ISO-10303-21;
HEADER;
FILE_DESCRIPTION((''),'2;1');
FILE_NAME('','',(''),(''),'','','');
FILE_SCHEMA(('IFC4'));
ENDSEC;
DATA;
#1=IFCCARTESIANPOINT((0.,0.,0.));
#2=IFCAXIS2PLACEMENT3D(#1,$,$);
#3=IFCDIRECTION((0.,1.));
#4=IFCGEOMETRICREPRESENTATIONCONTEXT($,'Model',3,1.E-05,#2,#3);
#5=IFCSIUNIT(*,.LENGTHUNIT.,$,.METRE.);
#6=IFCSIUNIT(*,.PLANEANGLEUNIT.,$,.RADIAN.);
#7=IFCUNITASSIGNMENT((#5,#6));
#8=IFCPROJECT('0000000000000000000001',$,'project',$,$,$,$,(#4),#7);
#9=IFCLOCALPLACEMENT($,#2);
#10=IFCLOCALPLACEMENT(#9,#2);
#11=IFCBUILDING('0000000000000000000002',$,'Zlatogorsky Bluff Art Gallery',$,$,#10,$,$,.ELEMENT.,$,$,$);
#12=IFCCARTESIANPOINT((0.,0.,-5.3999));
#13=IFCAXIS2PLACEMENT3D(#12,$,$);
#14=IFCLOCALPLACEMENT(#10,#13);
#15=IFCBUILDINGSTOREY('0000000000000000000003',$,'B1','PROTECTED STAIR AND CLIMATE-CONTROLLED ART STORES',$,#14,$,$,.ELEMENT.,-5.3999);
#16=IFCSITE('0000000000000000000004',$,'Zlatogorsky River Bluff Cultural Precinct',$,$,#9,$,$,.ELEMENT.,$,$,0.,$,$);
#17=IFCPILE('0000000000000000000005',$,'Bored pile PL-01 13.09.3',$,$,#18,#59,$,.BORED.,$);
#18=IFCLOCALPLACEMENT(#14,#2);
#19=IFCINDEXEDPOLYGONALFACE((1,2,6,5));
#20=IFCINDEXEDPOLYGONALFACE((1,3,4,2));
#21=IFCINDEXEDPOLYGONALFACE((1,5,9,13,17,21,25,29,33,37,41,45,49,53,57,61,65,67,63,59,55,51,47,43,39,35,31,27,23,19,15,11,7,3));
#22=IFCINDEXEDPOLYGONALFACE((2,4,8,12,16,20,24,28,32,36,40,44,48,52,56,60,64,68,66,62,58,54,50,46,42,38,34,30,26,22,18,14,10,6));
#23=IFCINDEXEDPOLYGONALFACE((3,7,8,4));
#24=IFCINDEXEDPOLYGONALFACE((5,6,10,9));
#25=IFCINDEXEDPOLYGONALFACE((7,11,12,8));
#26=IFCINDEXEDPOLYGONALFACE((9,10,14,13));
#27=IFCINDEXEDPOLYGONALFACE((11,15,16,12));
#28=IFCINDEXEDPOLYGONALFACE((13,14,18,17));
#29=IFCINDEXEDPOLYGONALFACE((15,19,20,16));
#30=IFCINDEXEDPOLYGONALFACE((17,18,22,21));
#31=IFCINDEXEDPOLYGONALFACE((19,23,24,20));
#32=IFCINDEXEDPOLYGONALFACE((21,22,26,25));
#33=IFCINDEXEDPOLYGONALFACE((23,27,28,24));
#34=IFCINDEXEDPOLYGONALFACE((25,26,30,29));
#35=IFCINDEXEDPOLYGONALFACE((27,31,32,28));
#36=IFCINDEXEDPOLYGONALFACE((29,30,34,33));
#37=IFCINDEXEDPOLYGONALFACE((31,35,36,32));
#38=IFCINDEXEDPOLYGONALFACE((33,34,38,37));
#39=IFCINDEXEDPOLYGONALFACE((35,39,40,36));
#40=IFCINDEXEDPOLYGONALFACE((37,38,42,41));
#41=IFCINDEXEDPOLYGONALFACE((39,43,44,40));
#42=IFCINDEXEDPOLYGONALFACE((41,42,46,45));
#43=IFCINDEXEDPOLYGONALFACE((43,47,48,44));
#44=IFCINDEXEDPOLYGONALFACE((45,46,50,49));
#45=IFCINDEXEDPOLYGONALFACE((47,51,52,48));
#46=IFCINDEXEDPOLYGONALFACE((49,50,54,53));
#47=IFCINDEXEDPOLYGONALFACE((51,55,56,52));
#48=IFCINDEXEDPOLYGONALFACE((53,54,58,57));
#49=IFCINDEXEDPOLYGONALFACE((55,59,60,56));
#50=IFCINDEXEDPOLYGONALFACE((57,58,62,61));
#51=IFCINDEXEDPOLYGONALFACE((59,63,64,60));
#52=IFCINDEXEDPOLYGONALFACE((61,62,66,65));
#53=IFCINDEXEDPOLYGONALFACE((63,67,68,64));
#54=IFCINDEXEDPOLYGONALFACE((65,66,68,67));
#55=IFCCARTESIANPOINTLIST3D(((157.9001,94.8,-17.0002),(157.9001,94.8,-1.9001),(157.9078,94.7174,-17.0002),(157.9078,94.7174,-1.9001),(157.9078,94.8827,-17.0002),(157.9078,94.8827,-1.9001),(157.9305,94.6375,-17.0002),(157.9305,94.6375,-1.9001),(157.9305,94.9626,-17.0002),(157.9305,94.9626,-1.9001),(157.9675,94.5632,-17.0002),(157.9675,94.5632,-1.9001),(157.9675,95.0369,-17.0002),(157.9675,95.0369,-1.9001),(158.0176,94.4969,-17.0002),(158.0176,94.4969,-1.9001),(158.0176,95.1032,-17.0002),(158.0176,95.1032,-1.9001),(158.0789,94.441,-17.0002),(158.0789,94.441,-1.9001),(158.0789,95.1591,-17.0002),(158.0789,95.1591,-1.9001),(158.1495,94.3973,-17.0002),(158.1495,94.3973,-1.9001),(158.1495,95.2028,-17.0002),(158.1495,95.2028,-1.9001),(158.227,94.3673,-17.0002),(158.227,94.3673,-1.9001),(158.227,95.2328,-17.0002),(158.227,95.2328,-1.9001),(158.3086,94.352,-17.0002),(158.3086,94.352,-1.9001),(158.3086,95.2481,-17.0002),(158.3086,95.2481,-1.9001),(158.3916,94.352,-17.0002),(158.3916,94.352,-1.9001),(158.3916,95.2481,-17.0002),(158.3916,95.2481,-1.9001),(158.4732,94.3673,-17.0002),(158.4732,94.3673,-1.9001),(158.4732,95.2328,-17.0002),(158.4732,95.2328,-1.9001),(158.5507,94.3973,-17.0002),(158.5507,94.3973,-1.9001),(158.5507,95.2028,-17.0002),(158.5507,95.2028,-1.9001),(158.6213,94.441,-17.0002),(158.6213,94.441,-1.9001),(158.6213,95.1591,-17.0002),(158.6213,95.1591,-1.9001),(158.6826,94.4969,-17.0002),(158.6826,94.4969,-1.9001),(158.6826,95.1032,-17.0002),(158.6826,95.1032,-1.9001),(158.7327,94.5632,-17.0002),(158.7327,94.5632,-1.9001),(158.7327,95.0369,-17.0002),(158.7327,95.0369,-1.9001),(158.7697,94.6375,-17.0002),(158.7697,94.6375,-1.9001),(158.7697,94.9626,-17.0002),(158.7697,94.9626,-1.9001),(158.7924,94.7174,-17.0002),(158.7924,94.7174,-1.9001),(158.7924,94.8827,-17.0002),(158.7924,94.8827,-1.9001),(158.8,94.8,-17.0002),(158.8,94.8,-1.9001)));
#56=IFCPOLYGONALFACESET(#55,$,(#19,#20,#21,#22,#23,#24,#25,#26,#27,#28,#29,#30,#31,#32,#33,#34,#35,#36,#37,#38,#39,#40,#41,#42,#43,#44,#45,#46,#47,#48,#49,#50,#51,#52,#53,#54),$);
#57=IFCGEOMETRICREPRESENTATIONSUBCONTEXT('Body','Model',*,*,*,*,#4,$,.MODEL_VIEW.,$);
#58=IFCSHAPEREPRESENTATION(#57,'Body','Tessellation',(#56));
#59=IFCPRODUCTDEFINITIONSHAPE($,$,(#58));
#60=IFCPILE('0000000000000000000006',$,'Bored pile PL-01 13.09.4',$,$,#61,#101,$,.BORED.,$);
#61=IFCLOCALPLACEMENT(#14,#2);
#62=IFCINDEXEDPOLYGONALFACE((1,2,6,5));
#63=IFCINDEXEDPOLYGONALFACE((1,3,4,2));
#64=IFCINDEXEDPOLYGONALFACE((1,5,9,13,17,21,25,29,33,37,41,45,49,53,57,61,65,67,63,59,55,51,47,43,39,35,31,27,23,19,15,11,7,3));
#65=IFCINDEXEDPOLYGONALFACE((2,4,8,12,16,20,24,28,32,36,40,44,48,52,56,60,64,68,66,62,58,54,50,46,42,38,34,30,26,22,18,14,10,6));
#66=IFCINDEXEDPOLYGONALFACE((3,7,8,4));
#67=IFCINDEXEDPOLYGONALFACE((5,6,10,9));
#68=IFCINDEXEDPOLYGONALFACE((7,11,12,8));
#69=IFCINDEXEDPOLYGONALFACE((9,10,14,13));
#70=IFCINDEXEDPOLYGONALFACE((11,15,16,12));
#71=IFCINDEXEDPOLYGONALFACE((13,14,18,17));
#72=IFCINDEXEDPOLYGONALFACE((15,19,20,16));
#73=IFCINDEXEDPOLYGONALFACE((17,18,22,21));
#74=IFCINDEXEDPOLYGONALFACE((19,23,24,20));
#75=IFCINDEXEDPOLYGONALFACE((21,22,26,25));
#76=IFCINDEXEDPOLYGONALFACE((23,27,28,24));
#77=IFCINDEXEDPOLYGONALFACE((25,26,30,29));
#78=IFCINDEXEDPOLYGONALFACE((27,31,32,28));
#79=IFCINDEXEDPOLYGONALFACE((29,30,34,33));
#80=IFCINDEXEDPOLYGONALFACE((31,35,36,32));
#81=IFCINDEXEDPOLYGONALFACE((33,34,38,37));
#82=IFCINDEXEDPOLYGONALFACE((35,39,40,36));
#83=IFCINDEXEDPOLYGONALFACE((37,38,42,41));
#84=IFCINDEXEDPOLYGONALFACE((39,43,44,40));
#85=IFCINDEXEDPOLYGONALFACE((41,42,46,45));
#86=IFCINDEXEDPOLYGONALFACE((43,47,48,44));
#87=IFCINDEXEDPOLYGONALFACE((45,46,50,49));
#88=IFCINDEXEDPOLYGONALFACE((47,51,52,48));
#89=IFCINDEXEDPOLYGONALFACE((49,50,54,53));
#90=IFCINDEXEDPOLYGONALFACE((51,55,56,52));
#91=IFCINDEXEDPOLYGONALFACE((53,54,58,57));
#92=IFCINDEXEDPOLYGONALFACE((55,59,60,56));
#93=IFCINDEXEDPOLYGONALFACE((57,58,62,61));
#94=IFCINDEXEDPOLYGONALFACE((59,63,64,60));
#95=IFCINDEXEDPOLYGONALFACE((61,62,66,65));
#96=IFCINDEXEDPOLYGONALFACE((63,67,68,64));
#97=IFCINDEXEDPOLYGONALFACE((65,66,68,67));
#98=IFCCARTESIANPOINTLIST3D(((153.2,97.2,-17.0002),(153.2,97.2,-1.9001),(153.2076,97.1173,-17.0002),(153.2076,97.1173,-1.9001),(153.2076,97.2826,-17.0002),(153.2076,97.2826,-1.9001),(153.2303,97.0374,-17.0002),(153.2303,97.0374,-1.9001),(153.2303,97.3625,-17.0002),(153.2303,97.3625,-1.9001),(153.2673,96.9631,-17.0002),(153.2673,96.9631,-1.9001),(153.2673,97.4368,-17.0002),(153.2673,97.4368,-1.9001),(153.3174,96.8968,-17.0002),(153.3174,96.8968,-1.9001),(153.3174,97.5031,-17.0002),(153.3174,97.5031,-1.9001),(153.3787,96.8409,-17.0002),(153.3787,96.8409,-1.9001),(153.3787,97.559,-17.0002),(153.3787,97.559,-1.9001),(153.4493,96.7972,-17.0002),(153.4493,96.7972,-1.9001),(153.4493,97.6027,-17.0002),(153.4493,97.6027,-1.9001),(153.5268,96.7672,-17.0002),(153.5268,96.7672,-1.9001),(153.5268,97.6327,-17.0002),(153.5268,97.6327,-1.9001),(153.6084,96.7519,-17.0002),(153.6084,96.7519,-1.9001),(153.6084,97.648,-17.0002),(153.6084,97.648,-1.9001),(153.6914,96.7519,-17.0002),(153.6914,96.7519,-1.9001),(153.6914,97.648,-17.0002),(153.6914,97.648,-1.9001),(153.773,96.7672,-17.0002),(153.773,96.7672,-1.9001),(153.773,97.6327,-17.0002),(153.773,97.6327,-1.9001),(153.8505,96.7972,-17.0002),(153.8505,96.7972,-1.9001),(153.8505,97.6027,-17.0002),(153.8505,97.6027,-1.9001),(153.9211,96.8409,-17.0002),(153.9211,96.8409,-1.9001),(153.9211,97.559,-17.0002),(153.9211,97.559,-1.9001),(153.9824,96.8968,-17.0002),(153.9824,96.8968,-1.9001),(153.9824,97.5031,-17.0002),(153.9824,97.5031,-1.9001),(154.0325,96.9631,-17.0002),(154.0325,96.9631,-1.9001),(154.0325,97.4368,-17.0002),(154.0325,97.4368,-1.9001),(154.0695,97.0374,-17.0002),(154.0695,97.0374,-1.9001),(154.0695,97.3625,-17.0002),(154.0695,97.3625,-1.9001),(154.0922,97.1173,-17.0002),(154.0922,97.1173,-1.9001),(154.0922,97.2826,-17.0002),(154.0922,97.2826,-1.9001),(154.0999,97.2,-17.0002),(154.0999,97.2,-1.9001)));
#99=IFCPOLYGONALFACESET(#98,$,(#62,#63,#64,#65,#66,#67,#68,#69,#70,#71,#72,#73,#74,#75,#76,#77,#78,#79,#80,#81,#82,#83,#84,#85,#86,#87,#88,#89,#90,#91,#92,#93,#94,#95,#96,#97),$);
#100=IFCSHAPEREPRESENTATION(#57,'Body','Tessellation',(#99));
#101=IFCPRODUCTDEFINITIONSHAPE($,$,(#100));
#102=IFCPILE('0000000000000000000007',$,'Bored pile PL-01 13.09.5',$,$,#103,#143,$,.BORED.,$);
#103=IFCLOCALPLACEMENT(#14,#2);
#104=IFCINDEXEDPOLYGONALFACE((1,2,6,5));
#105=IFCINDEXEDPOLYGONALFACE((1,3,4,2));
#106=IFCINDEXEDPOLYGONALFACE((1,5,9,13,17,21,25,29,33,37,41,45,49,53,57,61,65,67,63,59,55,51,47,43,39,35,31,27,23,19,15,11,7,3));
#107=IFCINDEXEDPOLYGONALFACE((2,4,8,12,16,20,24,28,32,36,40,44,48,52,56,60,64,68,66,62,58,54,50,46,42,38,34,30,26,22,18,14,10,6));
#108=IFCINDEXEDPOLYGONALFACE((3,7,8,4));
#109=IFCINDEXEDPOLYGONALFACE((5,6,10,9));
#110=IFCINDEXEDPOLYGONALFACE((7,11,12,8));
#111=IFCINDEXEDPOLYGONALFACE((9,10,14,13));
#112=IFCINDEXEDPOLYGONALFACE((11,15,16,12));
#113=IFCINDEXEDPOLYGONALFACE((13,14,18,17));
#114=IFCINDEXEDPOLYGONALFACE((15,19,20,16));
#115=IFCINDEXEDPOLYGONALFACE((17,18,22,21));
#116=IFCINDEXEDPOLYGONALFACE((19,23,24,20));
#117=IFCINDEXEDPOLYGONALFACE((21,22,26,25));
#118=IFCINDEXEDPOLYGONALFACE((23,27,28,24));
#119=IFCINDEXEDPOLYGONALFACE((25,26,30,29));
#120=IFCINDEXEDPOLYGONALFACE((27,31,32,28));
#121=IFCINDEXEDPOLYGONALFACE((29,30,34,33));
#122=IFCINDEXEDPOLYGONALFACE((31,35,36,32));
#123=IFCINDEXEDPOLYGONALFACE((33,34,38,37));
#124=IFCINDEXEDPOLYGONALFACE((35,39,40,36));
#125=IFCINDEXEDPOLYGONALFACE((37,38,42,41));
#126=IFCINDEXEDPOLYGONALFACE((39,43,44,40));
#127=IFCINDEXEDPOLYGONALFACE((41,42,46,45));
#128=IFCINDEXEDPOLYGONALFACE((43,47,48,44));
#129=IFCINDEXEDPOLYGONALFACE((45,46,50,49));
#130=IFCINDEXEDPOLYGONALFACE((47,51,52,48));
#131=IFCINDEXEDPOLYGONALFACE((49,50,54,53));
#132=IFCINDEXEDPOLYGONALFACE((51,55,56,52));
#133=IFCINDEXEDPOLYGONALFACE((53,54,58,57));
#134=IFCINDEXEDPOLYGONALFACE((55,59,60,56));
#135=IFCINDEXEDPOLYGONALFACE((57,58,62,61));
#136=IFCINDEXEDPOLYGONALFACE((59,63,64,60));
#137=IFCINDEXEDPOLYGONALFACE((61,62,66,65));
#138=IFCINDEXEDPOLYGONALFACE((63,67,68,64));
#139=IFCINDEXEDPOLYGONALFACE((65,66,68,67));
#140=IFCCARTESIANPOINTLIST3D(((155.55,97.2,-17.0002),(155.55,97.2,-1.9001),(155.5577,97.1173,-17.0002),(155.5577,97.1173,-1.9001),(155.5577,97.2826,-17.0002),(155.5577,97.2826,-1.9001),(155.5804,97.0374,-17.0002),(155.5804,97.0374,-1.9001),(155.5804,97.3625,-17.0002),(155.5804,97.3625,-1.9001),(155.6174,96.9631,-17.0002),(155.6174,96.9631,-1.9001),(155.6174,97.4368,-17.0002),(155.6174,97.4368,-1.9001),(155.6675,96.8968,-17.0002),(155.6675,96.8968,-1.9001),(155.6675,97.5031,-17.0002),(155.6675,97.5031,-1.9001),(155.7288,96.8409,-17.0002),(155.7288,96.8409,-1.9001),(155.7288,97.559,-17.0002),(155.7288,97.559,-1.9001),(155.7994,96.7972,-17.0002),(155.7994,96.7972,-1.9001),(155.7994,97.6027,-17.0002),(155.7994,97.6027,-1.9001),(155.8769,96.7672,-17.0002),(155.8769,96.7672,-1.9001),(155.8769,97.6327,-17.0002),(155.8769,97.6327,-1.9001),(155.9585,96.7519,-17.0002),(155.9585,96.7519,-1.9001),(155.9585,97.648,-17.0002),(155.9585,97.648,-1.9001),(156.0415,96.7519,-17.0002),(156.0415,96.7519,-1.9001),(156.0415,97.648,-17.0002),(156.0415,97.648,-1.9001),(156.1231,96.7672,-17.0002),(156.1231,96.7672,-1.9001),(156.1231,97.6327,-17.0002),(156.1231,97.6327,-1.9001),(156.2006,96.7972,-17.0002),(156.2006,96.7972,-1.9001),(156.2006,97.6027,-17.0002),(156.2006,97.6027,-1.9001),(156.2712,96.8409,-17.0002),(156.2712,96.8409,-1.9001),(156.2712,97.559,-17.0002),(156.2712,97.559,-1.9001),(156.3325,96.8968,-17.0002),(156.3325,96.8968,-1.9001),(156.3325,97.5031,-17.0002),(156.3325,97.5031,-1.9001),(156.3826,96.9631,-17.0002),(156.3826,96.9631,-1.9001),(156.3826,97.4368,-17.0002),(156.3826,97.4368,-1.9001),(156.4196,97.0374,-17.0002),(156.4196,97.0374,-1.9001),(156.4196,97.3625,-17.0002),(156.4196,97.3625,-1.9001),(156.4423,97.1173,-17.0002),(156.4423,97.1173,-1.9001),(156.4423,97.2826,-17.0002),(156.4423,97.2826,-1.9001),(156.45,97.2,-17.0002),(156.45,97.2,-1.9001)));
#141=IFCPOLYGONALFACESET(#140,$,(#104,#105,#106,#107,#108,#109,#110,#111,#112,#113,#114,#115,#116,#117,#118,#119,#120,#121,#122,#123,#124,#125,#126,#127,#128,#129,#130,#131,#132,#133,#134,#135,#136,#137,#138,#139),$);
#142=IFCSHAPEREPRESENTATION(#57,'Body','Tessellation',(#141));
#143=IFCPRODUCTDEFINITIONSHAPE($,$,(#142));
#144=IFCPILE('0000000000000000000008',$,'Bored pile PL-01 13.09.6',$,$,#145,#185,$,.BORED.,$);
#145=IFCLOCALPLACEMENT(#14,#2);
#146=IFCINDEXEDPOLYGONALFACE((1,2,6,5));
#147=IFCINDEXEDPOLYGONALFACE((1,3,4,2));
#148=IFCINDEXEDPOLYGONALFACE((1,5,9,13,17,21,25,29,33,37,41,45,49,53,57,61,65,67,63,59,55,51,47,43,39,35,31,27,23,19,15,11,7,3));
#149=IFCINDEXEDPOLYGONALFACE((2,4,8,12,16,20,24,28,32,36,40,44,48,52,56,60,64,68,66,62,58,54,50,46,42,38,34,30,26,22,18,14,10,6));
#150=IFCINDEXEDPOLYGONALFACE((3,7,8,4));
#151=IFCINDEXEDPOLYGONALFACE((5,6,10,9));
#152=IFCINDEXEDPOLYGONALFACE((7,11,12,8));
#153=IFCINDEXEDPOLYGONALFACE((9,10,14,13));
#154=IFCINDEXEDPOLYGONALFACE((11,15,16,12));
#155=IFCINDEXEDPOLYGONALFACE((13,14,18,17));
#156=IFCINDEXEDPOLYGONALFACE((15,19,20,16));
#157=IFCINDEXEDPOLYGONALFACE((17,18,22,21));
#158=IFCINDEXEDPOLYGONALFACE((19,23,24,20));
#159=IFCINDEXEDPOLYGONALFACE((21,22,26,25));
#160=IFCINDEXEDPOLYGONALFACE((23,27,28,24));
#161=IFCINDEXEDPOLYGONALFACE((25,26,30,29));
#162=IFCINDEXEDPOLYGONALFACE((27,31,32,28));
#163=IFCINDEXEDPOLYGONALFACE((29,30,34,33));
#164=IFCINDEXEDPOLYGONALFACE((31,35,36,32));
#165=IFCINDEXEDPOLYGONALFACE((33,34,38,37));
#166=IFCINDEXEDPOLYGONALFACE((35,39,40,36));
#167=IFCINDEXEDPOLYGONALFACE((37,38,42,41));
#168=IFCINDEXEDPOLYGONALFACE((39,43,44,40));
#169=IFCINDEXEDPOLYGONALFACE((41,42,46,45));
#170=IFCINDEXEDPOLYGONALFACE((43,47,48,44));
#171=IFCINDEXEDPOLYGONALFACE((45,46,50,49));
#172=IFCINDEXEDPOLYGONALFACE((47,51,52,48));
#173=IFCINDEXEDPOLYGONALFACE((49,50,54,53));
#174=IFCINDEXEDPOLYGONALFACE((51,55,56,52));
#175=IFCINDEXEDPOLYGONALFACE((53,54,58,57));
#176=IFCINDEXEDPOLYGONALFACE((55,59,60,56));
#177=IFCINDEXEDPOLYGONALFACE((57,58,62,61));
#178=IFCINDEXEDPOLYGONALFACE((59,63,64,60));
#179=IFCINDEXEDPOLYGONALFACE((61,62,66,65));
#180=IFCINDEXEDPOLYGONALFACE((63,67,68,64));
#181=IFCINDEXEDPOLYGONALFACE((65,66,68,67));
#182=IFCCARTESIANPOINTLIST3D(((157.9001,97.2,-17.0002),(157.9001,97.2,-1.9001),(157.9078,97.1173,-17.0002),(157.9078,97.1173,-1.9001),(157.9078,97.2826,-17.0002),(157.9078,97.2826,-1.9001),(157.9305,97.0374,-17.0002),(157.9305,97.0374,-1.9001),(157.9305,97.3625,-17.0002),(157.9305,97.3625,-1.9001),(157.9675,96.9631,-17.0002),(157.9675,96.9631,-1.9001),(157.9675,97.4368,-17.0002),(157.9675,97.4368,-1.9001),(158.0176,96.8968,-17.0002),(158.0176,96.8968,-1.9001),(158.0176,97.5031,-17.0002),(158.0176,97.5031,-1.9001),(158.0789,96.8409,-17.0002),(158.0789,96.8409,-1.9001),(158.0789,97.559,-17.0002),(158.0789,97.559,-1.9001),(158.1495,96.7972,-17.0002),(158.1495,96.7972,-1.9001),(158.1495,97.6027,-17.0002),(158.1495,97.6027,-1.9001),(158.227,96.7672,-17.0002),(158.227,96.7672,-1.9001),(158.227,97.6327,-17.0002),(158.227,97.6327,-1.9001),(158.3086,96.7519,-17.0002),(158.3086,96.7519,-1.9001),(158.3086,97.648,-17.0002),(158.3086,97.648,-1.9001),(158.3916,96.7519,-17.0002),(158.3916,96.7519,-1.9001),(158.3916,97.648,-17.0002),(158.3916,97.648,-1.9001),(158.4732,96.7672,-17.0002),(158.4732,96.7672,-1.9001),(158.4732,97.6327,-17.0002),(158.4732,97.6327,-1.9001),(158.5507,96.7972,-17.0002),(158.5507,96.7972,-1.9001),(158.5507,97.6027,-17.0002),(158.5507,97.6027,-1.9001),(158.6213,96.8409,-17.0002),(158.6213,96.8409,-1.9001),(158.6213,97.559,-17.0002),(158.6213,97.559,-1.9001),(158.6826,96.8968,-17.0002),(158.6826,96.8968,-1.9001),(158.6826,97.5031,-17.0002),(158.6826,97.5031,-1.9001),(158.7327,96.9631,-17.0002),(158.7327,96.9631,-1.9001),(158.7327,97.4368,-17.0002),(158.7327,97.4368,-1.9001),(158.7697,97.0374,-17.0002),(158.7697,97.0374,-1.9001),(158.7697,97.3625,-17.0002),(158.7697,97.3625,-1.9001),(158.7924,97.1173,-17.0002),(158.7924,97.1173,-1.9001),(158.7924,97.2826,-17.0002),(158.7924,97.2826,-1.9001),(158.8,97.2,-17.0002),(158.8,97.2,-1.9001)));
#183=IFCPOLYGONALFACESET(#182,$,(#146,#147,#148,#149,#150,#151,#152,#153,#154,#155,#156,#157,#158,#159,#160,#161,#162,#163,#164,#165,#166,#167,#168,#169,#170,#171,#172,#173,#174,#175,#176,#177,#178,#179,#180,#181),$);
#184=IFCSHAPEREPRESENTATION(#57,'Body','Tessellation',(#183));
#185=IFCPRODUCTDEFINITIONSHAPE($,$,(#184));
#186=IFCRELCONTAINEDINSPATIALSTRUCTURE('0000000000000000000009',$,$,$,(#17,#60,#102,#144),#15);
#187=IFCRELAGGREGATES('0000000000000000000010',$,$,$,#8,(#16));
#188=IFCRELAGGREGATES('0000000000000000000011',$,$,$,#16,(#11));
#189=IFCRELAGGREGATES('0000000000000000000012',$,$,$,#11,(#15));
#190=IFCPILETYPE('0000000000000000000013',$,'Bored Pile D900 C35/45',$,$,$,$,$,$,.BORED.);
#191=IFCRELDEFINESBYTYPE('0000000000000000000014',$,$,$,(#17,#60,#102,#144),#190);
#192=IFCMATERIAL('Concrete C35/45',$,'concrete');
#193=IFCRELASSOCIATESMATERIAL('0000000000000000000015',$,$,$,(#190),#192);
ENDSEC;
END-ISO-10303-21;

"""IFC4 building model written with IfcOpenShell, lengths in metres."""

from ifc_helpers import new_model, si_unit, direction, frame, origin, origin_2d, place, context, subcontext, project, spatial, circle, extrude, material, material_profile, profile_set, type_object, element, save


model = new_model("IFC4")

# Units and contexts
model_context = context("Model", 3, precision=1e-05, world=origin(), true_north=direction((0.0, 1.0)))
body_context = subcontext(model_context, "Body", "Model", "MODEL_VIEW")
ifc_project = project(units=[si_unit("LENGTHUNIT", "METRE"), si_unit("PLANEANGLEUNIT", "RADIAN")], contexts=[model_context])

# Site, building, storey
site_placement = place(None, origin())
site = spatial("IfcSite", under=ifc_project, at=site_placement, Name="Zlatogorsky River Bluff Cultural Precinct", CompositionType="ELEMENT", RefElevation=0.0)
building_placement = place(site_placement, origin())
building = spatial("IfcBuilding", under=site, at=building_placement, Name="Zlatogorsky Bluff Art Gallery", CompositionType="ELEMENT")
storey_placement = place(building_placement, frame((0.0, 0.0, -5.3999)))
storey = spatial("IfcBuildingStorey", under=building, at=storey_placement, Name="B1", Description="PROTECTED STAIR AND CLIMATE-CONTROLLED ART STORES", CompositionType="ELEMENT", Elevation=-5.3999)

# Piles
ifc_material_1 = material(Name="Concrete C35/45", Category="concrete")
ifc_material_profile_1 = material_profile(ifc_material_1, circle(Radius=0.45, at=origin_2d()), Name="BORED PILE D900")
ifc_profile_set_1 = profile_set([ifc_material_profile_1], Name="Concrete C35/45")
pile_type = type_object("IfcPileType", Name="Bored Pile D900 C35/45", PredefinedType="BORED", material=ifc_profile_set_1)
for number, where, z_axis, x_axis, name in (
    (1, (158.3501, 94.8, -1.9001), (0.0, 0.0, -1.0), (1.0, 0.0, 0.0), "Bored pile PL-01 13.09.3"),
    (2, (153.6499, 97.2, -1.9001), (0.0, 0.0, -1.0), (1.0, 0.0, 0.0), "Bored pile PL-01 13.09.4"),
    (3, (156.0, 97.2, -1.9001), (0.0, 0.0, -1.0), (1.0, 0.0, 0.0), "Bored pile PL-01 13.09.5"),
    (4, (158.3501, 97.2, -1.9001), (0.0, 0.0, -1.0), (1.0, 0.0, 0.0), "Bored pile PL-01 13.09.6"),
):
    element("IfcPile", number, at=place(storey_placement, frame(where, z_axis=z_axis, x_axis=x_axis)), inside=storey, type_object=pile_type, Name=name, PredefinedType="BORED", context=body_context, shape_type="SweptSolid", body=[
        extrude(circle(Radius=0.45, at=origin_2d()), origin(), (0.0, 0.0, 1.0), 15.1001),
    ])

save(model, "model.ifc")
